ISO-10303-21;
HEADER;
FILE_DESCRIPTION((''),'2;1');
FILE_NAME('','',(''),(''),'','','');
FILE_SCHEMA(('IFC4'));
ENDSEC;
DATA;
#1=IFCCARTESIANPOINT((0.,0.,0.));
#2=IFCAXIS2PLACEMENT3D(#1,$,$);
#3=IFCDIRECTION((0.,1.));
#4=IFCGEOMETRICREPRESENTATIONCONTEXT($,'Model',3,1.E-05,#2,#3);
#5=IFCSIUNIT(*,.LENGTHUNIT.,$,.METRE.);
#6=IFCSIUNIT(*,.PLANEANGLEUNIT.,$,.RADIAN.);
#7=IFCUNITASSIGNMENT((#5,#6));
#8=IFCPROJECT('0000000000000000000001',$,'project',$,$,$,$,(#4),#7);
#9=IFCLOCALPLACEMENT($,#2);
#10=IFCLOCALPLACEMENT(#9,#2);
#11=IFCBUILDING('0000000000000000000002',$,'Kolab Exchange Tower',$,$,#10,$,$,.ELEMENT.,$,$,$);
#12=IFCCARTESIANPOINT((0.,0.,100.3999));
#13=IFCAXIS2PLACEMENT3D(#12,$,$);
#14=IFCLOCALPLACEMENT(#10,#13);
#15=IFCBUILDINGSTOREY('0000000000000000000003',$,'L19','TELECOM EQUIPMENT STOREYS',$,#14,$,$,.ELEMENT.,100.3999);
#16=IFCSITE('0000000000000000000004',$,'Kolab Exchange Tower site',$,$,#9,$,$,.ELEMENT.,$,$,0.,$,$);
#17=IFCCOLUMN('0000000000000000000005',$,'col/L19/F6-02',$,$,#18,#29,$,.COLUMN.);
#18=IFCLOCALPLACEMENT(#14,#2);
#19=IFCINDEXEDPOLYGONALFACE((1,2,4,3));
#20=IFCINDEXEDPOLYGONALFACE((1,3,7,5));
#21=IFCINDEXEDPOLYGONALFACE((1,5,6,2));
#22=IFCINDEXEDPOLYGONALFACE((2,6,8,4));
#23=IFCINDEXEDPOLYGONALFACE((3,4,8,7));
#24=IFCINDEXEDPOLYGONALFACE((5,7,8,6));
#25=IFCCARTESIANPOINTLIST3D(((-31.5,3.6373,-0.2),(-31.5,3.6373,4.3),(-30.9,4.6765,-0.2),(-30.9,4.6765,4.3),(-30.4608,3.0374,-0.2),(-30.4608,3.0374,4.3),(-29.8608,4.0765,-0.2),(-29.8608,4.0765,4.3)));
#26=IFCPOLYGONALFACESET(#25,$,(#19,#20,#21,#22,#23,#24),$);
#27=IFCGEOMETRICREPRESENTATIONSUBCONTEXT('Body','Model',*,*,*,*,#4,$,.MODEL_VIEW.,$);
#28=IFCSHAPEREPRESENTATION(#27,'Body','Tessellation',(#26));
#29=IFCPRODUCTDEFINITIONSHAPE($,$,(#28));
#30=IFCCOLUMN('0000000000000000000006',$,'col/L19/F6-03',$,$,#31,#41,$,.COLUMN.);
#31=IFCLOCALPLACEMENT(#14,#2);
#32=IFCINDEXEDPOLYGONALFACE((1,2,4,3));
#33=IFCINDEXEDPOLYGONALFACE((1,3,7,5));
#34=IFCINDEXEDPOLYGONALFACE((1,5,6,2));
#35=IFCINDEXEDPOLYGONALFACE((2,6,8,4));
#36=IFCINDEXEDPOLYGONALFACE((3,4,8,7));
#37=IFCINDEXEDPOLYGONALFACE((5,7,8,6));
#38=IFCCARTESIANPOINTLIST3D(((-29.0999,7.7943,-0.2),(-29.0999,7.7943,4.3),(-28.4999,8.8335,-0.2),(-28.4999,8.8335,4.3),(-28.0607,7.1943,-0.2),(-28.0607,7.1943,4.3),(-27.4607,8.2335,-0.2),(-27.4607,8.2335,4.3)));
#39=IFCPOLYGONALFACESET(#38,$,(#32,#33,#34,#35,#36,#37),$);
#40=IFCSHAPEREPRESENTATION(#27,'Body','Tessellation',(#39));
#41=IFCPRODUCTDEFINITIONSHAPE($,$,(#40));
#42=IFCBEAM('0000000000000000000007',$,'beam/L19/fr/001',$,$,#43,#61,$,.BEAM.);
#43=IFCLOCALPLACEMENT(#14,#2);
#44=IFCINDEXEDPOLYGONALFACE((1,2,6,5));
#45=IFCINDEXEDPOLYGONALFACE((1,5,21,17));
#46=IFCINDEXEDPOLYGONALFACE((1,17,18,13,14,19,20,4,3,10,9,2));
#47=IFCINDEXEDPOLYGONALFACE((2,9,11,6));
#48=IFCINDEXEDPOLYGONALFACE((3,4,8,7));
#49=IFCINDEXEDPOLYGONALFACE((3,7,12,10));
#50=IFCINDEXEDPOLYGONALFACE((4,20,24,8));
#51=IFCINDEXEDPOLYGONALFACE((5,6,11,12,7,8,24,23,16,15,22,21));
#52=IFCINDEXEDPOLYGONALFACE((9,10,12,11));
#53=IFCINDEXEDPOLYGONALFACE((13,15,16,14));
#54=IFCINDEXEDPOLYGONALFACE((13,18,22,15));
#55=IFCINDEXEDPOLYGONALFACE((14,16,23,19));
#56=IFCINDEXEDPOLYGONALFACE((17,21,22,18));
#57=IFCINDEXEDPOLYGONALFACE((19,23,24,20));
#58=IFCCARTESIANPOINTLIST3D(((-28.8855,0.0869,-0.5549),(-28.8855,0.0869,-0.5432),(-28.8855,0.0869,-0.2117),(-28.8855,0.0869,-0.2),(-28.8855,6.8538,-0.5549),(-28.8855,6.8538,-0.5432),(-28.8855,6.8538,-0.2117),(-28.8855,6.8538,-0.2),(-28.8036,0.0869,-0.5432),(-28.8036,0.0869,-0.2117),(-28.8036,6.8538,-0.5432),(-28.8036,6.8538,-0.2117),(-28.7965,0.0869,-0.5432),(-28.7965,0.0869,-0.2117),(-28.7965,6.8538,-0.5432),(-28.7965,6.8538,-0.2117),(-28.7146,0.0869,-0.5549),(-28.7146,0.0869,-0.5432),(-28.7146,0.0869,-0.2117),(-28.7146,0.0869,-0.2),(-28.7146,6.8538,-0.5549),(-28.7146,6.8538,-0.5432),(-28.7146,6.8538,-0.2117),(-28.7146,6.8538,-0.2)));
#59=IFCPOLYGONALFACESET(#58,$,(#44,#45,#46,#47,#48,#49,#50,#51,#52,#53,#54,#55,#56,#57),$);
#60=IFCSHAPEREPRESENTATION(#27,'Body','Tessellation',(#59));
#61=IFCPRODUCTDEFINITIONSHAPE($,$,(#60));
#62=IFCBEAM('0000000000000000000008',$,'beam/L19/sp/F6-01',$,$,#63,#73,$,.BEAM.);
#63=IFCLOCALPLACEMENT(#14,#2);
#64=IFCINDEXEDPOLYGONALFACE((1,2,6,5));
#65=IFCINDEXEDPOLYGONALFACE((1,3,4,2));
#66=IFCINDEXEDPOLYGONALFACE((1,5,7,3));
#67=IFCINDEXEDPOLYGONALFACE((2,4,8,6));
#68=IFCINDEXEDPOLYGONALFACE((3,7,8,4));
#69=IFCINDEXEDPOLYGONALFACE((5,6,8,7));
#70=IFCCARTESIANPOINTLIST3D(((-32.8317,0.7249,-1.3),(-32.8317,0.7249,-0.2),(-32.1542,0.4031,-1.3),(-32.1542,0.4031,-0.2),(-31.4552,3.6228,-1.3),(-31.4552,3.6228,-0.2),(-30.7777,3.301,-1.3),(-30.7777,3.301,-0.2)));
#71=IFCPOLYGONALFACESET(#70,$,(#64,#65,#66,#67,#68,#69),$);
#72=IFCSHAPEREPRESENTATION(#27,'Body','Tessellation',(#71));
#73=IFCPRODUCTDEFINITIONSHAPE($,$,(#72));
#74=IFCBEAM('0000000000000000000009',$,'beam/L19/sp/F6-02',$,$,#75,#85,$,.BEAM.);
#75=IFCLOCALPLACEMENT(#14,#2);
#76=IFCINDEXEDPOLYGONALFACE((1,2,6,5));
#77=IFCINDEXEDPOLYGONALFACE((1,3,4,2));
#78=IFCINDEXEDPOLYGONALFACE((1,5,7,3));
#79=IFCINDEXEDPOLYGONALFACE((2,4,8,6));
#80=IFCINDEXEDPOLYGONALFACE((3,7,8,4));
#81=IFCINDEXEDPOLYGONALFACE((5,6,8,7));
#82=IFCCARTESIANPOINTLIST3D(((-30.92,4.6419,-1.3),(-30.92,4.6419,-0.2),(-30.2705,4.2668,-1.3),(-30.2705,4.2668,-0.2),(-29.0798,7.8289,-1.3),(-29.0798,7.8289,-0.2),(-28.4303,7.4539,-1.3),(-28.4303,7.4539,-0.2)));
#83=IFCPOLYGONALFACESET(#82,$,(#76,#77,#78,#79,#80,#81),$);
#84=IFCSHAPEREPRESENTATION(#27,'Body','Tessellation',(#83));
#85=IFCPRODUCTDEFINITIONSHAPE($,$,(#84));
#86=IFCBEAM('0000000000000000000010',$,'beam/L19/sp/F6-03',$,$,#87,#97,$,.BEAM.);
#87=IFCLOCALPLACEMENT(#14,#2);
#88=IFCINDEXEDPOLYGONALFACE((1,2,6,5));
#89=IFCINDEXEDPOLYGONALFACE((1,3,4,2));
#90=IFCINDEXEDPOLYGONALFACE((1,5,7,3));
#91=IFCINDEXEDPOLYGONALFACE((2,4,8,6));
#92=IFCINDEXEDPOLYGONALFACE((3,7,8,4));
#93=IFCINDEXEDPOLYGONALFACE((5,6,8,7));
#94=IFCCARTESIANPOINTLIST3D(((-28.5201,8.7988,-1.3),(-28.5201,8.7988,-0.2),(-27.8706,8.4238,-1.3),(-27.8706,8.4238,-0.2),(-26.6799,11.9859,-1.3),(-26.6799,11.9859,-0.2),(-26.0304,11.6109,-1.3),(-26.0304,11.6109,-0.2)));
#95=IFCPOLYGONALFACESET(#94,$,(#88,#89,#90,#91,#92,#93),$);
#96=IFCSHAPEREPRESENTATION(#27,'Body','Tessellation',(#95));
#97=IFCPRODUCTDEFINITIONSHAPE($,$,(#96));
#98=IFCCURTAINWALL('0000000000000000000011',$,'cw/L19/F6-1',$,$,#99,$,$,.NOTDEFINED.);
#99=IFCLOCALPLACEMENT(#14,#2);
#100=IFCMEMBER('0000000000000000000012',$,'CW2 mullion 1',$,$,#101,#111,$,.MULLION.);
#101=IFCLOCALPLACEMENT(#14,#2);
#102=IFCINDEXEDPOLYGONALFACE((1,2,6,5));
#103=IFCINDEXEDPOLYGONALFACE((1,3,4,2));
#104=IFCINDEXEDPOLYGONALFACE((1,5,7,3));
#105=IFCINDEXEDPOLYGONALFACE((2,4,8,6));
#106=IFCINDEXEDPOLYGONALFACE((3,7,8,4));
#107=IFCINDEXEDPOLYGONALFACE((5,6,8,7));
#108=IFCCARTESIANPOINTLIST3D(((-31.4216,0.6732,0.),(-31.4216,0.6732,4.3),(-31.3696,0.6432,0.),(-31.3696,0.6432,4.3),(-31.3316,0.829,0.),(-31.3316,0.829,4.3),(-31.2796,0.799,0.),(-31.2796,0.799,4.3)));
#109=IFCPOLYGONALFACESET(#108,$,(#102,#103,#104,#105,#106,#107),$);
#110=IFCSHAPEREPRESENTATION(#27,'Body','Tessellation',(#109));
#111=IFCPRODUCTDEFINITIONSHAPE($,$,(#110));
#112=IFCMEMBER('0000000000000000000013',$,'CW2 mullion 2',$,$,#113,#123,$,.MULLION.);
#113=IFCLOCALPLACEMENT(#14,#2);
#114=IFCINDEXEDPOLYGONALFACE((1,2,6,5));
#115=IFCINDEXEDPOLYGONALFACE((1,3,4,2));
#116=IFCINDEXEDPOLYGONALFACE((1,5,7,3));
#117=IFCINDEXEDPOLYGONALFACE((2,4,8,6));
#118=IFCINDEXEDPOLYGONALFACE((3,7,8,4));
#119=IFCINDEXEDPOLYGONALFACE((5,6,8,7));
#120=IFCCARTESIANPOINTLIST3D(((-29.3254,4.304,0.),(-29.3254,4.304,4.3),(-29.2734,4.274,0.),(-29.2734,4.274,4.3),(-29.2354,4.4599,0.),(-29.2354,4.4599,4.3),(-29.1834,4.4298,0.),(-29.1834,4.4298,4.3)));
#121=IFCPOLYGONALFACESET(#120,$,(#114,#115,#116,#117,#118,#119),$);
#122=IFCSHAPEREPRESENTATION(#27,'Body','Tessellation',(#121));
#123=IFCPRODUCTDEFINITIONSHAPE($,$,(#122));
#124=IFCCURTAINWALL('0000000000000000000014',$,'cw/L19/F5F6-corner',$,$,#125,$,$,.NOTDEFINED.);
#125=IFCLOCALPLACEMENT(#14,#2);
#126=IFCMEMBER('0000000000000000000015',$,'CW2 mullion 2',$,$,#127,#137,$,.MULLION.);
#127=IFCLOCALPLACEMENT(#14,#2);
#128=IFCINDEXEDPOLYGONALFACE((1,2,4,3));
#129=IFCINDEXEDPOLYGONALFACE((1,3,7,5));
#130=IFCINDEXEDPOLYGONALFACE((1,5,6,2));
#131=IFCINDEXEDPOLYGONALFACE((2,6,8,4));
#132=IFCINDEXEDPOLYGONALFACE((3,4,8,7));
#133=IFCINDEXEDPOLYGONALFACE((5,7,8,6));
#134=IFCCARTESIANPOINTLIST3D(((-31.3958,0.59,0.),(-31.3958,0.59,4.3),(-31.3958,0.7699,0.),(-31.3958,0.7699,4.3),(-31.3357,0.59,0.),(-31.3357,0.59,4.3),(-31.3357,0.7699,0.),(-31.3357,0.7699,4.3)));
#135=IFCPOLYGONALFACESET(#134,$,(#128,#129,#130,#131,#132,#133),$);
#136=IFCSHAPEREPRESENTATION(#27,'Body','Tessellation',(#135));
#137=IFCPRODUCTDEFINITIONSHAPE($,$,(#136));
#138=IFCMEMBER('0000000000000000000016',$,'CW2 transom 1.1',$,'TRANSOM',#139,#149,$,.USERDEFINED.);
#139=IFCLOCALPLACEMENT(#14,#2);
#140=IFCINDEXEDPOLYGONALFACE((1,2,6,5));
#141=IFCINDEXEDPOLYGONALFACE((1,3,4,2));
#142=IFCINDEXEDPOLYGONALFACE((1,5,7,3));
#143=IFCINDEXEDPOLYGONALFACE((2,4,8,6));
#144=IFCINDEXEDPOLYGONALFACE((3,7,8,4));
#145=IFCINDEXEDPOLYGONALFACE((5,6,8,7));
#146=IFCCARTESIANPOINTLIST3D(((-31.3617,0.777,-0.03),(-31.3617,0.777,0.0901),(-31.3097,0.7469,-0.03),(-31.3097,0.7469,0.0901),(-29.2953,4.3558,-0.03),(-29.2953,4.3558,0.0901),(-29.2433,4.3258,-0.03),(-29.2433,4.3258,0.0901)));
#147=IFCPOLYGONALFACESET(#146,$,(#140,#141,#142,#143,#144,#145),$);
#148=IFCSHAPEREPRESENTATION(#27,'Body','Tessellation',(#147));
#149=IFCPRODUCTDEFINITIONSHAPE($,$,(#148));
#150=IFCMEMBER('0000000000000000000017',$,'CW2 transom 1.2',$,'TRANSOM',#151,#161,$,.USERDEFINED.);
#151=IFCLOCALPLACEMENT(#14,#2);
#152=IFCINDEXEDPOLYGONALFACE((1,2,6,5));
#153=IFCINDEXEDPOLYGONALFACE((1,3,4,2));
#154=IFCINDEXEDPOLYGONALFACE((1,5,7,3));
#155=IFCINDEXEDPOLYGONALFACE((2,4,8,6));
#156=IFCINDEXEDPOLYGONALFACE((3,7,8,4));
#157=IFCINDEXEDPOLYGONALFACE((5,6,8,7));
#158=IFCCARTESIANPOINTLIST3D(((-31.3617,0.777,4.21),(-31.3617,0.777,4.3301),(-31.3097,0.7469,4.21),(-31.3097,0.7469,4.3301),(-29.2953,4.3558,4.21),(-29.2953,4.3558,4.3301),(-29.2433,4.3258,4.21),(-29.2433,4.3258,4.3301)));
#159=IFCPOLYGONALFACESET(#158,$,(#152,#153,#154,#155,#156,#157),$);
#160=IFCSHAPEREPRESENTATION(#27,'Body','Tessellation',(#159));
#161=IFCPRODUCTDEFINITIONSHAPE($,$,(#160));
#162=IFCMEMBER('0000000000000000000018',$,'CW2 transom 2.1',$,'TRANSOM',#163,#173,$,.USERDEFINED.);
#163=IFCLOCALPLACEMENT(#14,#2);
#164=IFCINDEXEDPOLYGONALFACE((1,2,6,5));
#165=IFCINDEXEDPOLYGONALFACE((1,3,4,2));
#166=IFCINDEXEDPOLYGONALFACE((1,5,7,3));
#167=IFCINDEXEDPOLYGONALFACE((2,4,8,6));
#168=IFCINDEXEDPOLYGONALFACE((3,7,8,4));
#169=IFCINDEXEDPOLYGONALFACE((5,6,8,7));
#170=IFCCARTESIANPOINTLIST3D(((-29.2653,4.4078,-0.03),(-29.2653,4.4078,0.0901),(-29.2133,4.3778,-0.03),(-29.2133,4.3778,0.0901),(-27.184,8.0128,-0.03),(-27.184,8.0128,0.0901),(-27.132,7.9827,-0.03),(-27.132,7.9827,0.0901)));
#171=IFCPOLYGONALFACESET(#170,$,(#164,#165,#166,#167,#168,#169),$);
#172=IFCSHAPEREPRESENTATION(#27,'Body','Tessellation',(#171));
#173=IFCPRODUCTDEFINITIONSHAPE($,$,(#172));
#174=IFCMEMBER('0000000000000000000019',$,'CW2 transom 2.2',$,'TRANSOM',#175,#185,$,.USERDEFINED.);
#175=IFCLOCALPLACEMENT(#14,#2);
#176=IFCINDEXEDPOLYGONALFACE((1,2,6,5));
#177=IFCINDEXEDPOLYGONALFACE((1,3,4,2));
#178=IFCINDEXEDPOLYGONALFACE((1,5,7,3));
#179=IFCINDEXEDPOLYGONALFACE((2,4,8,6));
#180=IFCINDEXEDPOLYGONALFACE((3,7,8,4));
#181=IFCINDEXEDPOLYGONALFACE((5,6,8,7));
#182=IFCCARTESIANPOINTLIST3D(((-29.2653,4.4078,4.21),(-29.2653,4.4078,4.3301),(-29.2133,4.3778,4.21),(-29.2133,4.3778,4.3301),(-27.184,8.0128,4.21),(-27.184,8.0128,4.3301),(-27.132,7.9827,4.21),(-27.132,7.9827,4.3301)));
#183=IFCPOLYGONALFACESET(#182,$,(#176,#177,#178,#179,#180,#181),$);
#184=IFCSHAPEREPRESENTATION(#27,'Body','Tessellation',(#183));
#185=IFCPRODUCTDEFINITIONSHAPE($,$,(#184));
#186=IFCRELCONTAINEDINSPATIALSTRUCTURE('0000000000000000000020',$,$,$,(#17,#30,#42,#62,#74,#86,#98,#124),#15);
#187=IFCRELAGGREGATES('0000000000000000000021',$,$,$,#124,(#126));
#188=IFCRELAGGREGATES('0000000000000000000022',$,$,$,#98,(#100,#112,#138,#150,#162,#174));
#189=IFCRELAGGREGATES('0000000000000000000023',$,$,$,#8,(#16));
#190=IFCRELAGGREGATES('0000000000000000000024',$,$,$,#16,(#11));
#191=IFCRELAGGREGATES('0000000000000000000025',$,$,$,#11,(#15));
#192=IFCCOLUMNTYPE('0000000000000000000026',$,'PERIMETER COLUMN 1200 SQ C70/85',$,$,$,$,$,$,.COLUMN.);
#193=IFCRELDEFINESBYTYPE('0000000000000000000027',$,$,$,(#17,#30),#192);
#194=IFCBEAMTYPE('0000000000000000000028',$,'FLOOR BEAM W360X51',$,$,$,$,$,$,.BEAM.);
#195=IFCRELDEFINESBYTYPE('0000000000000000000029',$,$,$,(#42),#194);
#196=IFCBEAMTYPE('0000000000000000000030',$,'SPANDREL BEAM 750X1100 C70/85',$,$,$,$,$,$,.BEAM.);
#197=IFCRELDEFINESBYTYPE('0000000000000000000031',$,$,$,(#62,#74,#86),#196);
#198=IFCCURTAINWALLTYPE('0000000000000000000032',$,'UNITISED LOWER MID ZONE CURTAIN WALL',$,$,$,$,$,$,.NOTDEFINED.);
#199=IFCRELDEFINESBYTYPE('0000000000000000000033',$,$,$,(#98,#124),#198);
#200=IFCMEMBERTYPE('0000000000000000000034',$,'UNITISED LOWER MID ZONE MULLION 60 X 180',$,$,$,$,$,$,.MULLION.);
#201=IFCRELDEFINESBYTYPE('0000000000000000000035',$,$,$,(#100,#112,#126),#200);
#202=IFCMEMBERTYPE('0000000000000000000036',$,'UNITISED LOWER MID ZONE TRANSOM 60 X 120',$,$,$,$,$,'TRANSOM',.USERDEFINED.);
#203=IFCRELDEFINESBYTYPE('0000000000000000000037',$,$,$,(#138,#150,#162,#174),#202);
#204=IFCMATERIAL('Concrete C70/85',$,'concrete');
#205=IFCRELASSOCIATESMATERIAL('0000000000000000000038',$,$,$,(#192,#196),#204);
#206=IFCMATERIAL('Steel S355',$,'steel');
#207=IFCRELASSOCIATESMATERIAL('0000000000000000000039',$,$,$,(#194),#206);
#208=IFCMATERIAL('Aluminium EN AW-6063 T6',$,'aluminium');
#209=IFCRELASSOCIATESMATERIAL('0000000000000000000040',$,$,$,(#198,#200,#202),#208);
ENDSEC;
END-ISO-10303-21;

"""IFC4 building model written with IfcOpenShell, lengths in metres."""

from ifc_helpers import new_model, si_unit, direction, frame, origin, origin_2d, place, context, subcontext, project, spatial, rectangle, i_section, extrude, material, material_profile, profile_set, type_object, element, aggregate, save


model = new_model("IFC4")

# Units and contexts
model_context = context("Model", 3, precision=1e-05, world=origin(), true_north=direction((0.0, 1.0)))
body_context = subcontext(model_context, "Body", "Model", "MODEL_VIEW")
ifc_project = project(units=[si_unit("LENGTHUNIT", "METRE"), si_unit("PLANEANGLEUNIT", "RADIAN")], contexts=[model_context])

# Site, building, storey
site_placement = place(None, origin())
site = spatial("IfcSite", under=ifc_project, at=site_placement, Name="Kolab Exchange Tower site", CompositionType="ELEMENT", RefElevation=0.0)
building_placement = place(site_placement, origin())
building = spatial("IfcBuilding", under=site, at=building_placement, Name="Kolab Exchange Tower", CompositionType="ELEMENT")
storey_placement = place(building_placement, frame((0.0, 0.0, 100.3999)))
storey = spatial("IfcBuildingStorey", under=building, at=storey_placement, Name="L19", Description="TELECOM EQUIPMENT STOREYS", CompositionType="ELEMENT", Elevation=100.3999)

# Columns
ifc_material_1 = material(Name="Concrete C70/85", Category="concrete")
ifc_material_profile_1 = material_profile(ifc_material_1, rectangle(XDim=1.2, YDim=1.2, at=origin_2d()), Name="RC1200")
ifc_profile_set_1 = profile_set([ifc_material_profile_1], Name="Concrete C70/85")
column_type = type_object("IfcColumnType", Name="PERIMETER COLUMN 1200 SQ C70/85", PredefinedType="COLUMN", material=ifc_profile_set_1)
for number, where, z_axis, x_axis, name in (
    (1, (-30.6804, 3.8569, -0.2), (0.0, 0.0, 1.0), (0.5, 0.866025, 0.0), "col/L19/F6-02"),
    (2, (-28.2803, 8.0139, -0.2), (0.0, 0.0, 1.0), (0.5, 0.866025, 0.0), "col/L19/F6-03"),
):
    element("IfcColumn", number, at=place(storey_placement, frame(where, z_axis=z_axis, x_axis=x_axis)), inside=storey, type_object=column_type, Name=name, PredefinedType="COLUMN", context=body_context, shape_type="SweptSolid", body=[
        extrude(rectangle(XDim=1.2, YDim=1.2, at=origin_2d()), origin(), (0.0, 0.0, 1.0), 4.5),
    ])

# Beams
ifc_material_2 = material(Name="Steel S355", Category="steel")
ifc_material_profile_2 = material_profile(ifc_material_2, i_section(OverallWidth=0.1709, OverallDepth=0.355, WebThickness=0.0071, FlangeThickness=0.0117, at=origin_2d()), Name="W360X51")
ifc_profile_set_2 = profile_set([ifc_material_profile_2], Name="Steel S355")
beam_type_1 = type_object("IfcBeamType", Name="FLOOR BEAM W360X51", PredefinedType="BEAM", material=ifc_profile_set_2)
beam_1_placement = place(storey_placement, frame((-28.8, 0.0869, -0.3774), z_axis=(0.0, 1.0, 0.0), x_axis=(-1.0, 0.0, 0.0)))
element("IfcBeam", 3, at=beam_1_placement, inside=storey, type_object=beam_type_1, Name="beam/L19/fr/001", PredefinedType="BEAM", context=body_context, shape_type="SweptSolid", body=[
    extrude(i_section(OverallWidth=0.1709, OverallDepth=0.355, WebThickness=0.0071, FlangeThickness=0.0117, at=origin_2d()), origin(), (0.0, 0.0, 1.0), 6.7668),
])
ifc_material_profile_3 = material_profile(ifc_material_1, rectangle(XDim=0.75, YDim=1.1001, at=origin_2d()), Name="RC750X1100")
ifc_profile_set_3 = profile_set([ifc_material_profile_3], Name="Concrete C70/85")
beam_type_2 = type_object("IfcBeamType", Name="SPANDREL BEAM 750X1100 C70/85", PredefinedType="BEAM", material=ifc_profile_set_3)
beam_2_placement = place(storey_placement, frame((-32.4929, 0.564, -0.75), z_axis=(0.429041, 0.903285, 0.0), x_axis=(-0.903285, 0.429041, 0.0)))
element("IfcBeam", 4, at=beam_2_placement, inside=storey, type_object=beam_type_2, Name="beam/L19/sp/F6-01", PredefinedType="BEAM", context=body_context, shape_type="SweptSolid", body=[
    extrude(rectangle(XDim=0.75, YDim=1.1001, at=origin_2d()), origin(), (0.0, 0.0, 1.0), 3.2083),
])
for number, where, z_axis, x_axis, name in (
    (5, (-30.5952, 4.4543, -0.75), (0.500013, 0.866018, 0.0), (-0.866018, 0.500013, 0.0), "beam/L19/sp/F6-02"),
    (6, (-28.1953, 8.6113, -0.75), (0.500013, 0.866018, 0.0), (-0.866018, 0.500013, 0.0), "beam/L19/sp/F6-03"),
):
    element("IfcBeam", number, at=place(storey_placement, frame(where, z_axis=z_axis, x_axis=x_axis)), inside=storey, type_object=beam_type_2, Name=name, PredefinedType="BEAM", context=body_context, shape_type="SweptSolid", body=[
        extrude(rectangle(XDim=0.75, YDim=1.1001, at=origin_2d()), origin(), (0.0, 0.0, 1.0), 3.6802),
    ])

# Curtain wall, members
ifc_material_3 = material(Name="Aluminium EN AW-6063 T6", Category="aluminium")
curtain_wall_type = type_object("IfcCurtainWallType", Name="UNITISED LOWER MID ZONE CURTAIN WALL", PredefinedType="NOTDEFINED", material=ifc_material_3)
curtain_wall_1_placement = place(storey_placement, origin())
curtain_wall_1 = element("IfcCurtainWall", 7, at=curtain_wall_1_placement, inside=storey, type_object=curtain_wall_type, Name="cw/L19/F6-1", PredefinedType="NOTDEFINED")
ifc_material_profile_4 = material_profile(ifc_material_3, rectangle(XDim=0.0601, YDim=0.1799, at=origin_2d()), Name="RECT 60X180")
ifc_profile_set_4 = profile_set([ifc_material_profile_4], Name="Aluminium EN AW-6063 T6")
member_type_1 = type_object("IfcMemberType", Name="UNITISED LOWER MID ZONE MULLION 60 X 180", PredefinedType="MULLION", material=ifc_profile_set_4)
member_1_placement = place(storey_placement, frame((-31.3506, 0.7361, 0.0), z_axis=(0.0, 0.0, 1.0), x_axis=(-0.866025, 0.5, 0.0)))
member_1 = element("IfcMember", 8, at=member_1_placement, type_object=member_type_1, Name="CW2 mullion 1", PredefinedType="MULLION", context=body_context, shape_type="SweptSolid", body=[
    extrude(rectangle(XDim=0.0601, YDim=0.1799, at=origin_2d()), origin(), (0.0, 0.0, 1.0), 4.3),
])
member_2_placement = place(storey_placement, frame((-29.2544, 4.3669, 0.0), z_axis=(0.0, 0.0, 1.0), x_axis=(-0.866025, 0.5, 0.0)))
member_2 = element("IfcMember", 9, at=member_2_placement, type_object=member_type_1, Name="CW2 mullion 2", PredefinedType="MULLION", context=body_context, shape_type="SweptSolid", body=[
    extrude(rectangle(XDim=0.0601, YDim=0.1799, at=origin_2d()), origin(), (0.0, 0.0, 1.0), 4.3),
])

# Curtain wall, member
curtain_wall_2_placement = place(storey_placement, origin())
curtain_wall_2 = element("IfcCurtainWall", 10, at=curtain_wall_2_placement, inside=storey, type_object=curtain_wall_type, Name="cw/L19/F5F6-corner", PredefinedType="NOTDEFINED")
member_3_placement = place(storey_placement, frame((-31.3657, 0.6799, 0.0), z_axis=(0.0, 0.0, 1.0), x_axis=(-1.0, 0.0, 0.0)))
member_3 = element("IfcMember", 11, at=member_3_placement, type_object=member_type_1, Name="CW2 mullion 2", PredefinedType="MULLION", context=body_context, shape_type="SweptSolid", body=[
    extrude(rectangle(XDim=0.0601, YDim=0.1799, at=origin_2d()), origin(), (0.0, 0.0, 1.0), 4.3),
])
aggregate(curtain_wall_2, [member_3])

# Members
ifc_material_profile_5 = material_profile(ifc_material_3, rectangle(XDim=0.0601, YDim=0.1201, at=origin_2d()), Name="RECT 60X120")
ifc_profile_set_5 = profile_set([ifc_material_profile_5], Name="Aluminium EN AW-6063 T6")
member_type_2 = type_object("IfcMemberType", Name="UNITISED LOWER MID ZONE TRANSOM 60 X 120", ElementType="TRANSOM", PredefinedType="USERDEFINED", material=ifc_profile_set_5)
member_4_placement = place(storey_placement, frame((-31.3357, 0.762, 0.03), z_axis=(0.500028, 0.866009, 0.0), x_axis=(-0.866009, 0.500028, 0.0)))
member_4 = element("IfcMember", 12, at=member_4_placement, type_object=member_type_2, Name="CW2 transom 1.1", ObjectType="TRANSOM", PredefinedType="USERDEFINED", context=body_context, shape_type="SweptSolid", body=[
    extrude(rectangle(XDim=0.0601, YDim=0.1201, at=origin_2d()), origin(), (0.0, 0.0, 1.0), 4.1326),
])
member_5_placement = place(storey_placement, frame((-31.3357, 0.762, 4.27), z_axis=(0.500028, 0.866009, 0.0), x_axis=(-0.866009, 0.500028, 0.0)))
member_5 = element("IfcMember", 13, at=member_5_placement, type_object=member_type_2, Name="CW2 transom 1.2", ObjectType="TRANSOM", PredefinedType="USERDEFINED", context=body_context, shape_type="SweptSolid", body=[
    extrude(rectangle(XDim=0.0601, YDim=0.1201, at=origin_2d()), origin(), (0.0, 0.0, 1.0), 4.1326),
])
member_6_placement = place(storey_placement, frame((-29.2393, 4.3928, 0.03), z_axis=(0.499993, 0.866029, 0.0), x_axis=(-0.866029, 0.499993, 0.0)))
member_6 = element("IfcMember", 14, at=member_6_placement, type_object=member_type_2, Name="CW2 transom 2.1", ObjectType="TRANSOM", PredefinedType="USERDEFINED", context=body_context, shape_type="SweptSolid", body=[
    extrude(rectangle(XDim=0.0601, YDim=0.1201, at=origin_2d()), origin(), (0.0, 0.0, 1.0), 4.1626),
])
member_7_placement = place(storey_placement, frame((-29.2393, 4.3928, 4.27), z_axis=(0.499993, 0.866029, 0.0), x_axis=(-0.866029, 0.499993, 0.0)))
member_7 = element("IfcMember", 15, at=member_7_placement, type_object=member_type_2, Name="CW2 transom 2.2", ObjectType="TRANSOM", PredefinedType="USERDEFINED", context=body_context, shape_type="SweptSolid", body=[
    extrude(rectangle(XDim=0.0601, YDim=0.1201, at=origin_2d()), origin(), (0.0, 0.0, 1.0), 4.1626),
])

aggregate(curtain_wall_1, [member_1, member_2, member_4, member_5, member_6, member_7])

save(model, "model.ifc")
